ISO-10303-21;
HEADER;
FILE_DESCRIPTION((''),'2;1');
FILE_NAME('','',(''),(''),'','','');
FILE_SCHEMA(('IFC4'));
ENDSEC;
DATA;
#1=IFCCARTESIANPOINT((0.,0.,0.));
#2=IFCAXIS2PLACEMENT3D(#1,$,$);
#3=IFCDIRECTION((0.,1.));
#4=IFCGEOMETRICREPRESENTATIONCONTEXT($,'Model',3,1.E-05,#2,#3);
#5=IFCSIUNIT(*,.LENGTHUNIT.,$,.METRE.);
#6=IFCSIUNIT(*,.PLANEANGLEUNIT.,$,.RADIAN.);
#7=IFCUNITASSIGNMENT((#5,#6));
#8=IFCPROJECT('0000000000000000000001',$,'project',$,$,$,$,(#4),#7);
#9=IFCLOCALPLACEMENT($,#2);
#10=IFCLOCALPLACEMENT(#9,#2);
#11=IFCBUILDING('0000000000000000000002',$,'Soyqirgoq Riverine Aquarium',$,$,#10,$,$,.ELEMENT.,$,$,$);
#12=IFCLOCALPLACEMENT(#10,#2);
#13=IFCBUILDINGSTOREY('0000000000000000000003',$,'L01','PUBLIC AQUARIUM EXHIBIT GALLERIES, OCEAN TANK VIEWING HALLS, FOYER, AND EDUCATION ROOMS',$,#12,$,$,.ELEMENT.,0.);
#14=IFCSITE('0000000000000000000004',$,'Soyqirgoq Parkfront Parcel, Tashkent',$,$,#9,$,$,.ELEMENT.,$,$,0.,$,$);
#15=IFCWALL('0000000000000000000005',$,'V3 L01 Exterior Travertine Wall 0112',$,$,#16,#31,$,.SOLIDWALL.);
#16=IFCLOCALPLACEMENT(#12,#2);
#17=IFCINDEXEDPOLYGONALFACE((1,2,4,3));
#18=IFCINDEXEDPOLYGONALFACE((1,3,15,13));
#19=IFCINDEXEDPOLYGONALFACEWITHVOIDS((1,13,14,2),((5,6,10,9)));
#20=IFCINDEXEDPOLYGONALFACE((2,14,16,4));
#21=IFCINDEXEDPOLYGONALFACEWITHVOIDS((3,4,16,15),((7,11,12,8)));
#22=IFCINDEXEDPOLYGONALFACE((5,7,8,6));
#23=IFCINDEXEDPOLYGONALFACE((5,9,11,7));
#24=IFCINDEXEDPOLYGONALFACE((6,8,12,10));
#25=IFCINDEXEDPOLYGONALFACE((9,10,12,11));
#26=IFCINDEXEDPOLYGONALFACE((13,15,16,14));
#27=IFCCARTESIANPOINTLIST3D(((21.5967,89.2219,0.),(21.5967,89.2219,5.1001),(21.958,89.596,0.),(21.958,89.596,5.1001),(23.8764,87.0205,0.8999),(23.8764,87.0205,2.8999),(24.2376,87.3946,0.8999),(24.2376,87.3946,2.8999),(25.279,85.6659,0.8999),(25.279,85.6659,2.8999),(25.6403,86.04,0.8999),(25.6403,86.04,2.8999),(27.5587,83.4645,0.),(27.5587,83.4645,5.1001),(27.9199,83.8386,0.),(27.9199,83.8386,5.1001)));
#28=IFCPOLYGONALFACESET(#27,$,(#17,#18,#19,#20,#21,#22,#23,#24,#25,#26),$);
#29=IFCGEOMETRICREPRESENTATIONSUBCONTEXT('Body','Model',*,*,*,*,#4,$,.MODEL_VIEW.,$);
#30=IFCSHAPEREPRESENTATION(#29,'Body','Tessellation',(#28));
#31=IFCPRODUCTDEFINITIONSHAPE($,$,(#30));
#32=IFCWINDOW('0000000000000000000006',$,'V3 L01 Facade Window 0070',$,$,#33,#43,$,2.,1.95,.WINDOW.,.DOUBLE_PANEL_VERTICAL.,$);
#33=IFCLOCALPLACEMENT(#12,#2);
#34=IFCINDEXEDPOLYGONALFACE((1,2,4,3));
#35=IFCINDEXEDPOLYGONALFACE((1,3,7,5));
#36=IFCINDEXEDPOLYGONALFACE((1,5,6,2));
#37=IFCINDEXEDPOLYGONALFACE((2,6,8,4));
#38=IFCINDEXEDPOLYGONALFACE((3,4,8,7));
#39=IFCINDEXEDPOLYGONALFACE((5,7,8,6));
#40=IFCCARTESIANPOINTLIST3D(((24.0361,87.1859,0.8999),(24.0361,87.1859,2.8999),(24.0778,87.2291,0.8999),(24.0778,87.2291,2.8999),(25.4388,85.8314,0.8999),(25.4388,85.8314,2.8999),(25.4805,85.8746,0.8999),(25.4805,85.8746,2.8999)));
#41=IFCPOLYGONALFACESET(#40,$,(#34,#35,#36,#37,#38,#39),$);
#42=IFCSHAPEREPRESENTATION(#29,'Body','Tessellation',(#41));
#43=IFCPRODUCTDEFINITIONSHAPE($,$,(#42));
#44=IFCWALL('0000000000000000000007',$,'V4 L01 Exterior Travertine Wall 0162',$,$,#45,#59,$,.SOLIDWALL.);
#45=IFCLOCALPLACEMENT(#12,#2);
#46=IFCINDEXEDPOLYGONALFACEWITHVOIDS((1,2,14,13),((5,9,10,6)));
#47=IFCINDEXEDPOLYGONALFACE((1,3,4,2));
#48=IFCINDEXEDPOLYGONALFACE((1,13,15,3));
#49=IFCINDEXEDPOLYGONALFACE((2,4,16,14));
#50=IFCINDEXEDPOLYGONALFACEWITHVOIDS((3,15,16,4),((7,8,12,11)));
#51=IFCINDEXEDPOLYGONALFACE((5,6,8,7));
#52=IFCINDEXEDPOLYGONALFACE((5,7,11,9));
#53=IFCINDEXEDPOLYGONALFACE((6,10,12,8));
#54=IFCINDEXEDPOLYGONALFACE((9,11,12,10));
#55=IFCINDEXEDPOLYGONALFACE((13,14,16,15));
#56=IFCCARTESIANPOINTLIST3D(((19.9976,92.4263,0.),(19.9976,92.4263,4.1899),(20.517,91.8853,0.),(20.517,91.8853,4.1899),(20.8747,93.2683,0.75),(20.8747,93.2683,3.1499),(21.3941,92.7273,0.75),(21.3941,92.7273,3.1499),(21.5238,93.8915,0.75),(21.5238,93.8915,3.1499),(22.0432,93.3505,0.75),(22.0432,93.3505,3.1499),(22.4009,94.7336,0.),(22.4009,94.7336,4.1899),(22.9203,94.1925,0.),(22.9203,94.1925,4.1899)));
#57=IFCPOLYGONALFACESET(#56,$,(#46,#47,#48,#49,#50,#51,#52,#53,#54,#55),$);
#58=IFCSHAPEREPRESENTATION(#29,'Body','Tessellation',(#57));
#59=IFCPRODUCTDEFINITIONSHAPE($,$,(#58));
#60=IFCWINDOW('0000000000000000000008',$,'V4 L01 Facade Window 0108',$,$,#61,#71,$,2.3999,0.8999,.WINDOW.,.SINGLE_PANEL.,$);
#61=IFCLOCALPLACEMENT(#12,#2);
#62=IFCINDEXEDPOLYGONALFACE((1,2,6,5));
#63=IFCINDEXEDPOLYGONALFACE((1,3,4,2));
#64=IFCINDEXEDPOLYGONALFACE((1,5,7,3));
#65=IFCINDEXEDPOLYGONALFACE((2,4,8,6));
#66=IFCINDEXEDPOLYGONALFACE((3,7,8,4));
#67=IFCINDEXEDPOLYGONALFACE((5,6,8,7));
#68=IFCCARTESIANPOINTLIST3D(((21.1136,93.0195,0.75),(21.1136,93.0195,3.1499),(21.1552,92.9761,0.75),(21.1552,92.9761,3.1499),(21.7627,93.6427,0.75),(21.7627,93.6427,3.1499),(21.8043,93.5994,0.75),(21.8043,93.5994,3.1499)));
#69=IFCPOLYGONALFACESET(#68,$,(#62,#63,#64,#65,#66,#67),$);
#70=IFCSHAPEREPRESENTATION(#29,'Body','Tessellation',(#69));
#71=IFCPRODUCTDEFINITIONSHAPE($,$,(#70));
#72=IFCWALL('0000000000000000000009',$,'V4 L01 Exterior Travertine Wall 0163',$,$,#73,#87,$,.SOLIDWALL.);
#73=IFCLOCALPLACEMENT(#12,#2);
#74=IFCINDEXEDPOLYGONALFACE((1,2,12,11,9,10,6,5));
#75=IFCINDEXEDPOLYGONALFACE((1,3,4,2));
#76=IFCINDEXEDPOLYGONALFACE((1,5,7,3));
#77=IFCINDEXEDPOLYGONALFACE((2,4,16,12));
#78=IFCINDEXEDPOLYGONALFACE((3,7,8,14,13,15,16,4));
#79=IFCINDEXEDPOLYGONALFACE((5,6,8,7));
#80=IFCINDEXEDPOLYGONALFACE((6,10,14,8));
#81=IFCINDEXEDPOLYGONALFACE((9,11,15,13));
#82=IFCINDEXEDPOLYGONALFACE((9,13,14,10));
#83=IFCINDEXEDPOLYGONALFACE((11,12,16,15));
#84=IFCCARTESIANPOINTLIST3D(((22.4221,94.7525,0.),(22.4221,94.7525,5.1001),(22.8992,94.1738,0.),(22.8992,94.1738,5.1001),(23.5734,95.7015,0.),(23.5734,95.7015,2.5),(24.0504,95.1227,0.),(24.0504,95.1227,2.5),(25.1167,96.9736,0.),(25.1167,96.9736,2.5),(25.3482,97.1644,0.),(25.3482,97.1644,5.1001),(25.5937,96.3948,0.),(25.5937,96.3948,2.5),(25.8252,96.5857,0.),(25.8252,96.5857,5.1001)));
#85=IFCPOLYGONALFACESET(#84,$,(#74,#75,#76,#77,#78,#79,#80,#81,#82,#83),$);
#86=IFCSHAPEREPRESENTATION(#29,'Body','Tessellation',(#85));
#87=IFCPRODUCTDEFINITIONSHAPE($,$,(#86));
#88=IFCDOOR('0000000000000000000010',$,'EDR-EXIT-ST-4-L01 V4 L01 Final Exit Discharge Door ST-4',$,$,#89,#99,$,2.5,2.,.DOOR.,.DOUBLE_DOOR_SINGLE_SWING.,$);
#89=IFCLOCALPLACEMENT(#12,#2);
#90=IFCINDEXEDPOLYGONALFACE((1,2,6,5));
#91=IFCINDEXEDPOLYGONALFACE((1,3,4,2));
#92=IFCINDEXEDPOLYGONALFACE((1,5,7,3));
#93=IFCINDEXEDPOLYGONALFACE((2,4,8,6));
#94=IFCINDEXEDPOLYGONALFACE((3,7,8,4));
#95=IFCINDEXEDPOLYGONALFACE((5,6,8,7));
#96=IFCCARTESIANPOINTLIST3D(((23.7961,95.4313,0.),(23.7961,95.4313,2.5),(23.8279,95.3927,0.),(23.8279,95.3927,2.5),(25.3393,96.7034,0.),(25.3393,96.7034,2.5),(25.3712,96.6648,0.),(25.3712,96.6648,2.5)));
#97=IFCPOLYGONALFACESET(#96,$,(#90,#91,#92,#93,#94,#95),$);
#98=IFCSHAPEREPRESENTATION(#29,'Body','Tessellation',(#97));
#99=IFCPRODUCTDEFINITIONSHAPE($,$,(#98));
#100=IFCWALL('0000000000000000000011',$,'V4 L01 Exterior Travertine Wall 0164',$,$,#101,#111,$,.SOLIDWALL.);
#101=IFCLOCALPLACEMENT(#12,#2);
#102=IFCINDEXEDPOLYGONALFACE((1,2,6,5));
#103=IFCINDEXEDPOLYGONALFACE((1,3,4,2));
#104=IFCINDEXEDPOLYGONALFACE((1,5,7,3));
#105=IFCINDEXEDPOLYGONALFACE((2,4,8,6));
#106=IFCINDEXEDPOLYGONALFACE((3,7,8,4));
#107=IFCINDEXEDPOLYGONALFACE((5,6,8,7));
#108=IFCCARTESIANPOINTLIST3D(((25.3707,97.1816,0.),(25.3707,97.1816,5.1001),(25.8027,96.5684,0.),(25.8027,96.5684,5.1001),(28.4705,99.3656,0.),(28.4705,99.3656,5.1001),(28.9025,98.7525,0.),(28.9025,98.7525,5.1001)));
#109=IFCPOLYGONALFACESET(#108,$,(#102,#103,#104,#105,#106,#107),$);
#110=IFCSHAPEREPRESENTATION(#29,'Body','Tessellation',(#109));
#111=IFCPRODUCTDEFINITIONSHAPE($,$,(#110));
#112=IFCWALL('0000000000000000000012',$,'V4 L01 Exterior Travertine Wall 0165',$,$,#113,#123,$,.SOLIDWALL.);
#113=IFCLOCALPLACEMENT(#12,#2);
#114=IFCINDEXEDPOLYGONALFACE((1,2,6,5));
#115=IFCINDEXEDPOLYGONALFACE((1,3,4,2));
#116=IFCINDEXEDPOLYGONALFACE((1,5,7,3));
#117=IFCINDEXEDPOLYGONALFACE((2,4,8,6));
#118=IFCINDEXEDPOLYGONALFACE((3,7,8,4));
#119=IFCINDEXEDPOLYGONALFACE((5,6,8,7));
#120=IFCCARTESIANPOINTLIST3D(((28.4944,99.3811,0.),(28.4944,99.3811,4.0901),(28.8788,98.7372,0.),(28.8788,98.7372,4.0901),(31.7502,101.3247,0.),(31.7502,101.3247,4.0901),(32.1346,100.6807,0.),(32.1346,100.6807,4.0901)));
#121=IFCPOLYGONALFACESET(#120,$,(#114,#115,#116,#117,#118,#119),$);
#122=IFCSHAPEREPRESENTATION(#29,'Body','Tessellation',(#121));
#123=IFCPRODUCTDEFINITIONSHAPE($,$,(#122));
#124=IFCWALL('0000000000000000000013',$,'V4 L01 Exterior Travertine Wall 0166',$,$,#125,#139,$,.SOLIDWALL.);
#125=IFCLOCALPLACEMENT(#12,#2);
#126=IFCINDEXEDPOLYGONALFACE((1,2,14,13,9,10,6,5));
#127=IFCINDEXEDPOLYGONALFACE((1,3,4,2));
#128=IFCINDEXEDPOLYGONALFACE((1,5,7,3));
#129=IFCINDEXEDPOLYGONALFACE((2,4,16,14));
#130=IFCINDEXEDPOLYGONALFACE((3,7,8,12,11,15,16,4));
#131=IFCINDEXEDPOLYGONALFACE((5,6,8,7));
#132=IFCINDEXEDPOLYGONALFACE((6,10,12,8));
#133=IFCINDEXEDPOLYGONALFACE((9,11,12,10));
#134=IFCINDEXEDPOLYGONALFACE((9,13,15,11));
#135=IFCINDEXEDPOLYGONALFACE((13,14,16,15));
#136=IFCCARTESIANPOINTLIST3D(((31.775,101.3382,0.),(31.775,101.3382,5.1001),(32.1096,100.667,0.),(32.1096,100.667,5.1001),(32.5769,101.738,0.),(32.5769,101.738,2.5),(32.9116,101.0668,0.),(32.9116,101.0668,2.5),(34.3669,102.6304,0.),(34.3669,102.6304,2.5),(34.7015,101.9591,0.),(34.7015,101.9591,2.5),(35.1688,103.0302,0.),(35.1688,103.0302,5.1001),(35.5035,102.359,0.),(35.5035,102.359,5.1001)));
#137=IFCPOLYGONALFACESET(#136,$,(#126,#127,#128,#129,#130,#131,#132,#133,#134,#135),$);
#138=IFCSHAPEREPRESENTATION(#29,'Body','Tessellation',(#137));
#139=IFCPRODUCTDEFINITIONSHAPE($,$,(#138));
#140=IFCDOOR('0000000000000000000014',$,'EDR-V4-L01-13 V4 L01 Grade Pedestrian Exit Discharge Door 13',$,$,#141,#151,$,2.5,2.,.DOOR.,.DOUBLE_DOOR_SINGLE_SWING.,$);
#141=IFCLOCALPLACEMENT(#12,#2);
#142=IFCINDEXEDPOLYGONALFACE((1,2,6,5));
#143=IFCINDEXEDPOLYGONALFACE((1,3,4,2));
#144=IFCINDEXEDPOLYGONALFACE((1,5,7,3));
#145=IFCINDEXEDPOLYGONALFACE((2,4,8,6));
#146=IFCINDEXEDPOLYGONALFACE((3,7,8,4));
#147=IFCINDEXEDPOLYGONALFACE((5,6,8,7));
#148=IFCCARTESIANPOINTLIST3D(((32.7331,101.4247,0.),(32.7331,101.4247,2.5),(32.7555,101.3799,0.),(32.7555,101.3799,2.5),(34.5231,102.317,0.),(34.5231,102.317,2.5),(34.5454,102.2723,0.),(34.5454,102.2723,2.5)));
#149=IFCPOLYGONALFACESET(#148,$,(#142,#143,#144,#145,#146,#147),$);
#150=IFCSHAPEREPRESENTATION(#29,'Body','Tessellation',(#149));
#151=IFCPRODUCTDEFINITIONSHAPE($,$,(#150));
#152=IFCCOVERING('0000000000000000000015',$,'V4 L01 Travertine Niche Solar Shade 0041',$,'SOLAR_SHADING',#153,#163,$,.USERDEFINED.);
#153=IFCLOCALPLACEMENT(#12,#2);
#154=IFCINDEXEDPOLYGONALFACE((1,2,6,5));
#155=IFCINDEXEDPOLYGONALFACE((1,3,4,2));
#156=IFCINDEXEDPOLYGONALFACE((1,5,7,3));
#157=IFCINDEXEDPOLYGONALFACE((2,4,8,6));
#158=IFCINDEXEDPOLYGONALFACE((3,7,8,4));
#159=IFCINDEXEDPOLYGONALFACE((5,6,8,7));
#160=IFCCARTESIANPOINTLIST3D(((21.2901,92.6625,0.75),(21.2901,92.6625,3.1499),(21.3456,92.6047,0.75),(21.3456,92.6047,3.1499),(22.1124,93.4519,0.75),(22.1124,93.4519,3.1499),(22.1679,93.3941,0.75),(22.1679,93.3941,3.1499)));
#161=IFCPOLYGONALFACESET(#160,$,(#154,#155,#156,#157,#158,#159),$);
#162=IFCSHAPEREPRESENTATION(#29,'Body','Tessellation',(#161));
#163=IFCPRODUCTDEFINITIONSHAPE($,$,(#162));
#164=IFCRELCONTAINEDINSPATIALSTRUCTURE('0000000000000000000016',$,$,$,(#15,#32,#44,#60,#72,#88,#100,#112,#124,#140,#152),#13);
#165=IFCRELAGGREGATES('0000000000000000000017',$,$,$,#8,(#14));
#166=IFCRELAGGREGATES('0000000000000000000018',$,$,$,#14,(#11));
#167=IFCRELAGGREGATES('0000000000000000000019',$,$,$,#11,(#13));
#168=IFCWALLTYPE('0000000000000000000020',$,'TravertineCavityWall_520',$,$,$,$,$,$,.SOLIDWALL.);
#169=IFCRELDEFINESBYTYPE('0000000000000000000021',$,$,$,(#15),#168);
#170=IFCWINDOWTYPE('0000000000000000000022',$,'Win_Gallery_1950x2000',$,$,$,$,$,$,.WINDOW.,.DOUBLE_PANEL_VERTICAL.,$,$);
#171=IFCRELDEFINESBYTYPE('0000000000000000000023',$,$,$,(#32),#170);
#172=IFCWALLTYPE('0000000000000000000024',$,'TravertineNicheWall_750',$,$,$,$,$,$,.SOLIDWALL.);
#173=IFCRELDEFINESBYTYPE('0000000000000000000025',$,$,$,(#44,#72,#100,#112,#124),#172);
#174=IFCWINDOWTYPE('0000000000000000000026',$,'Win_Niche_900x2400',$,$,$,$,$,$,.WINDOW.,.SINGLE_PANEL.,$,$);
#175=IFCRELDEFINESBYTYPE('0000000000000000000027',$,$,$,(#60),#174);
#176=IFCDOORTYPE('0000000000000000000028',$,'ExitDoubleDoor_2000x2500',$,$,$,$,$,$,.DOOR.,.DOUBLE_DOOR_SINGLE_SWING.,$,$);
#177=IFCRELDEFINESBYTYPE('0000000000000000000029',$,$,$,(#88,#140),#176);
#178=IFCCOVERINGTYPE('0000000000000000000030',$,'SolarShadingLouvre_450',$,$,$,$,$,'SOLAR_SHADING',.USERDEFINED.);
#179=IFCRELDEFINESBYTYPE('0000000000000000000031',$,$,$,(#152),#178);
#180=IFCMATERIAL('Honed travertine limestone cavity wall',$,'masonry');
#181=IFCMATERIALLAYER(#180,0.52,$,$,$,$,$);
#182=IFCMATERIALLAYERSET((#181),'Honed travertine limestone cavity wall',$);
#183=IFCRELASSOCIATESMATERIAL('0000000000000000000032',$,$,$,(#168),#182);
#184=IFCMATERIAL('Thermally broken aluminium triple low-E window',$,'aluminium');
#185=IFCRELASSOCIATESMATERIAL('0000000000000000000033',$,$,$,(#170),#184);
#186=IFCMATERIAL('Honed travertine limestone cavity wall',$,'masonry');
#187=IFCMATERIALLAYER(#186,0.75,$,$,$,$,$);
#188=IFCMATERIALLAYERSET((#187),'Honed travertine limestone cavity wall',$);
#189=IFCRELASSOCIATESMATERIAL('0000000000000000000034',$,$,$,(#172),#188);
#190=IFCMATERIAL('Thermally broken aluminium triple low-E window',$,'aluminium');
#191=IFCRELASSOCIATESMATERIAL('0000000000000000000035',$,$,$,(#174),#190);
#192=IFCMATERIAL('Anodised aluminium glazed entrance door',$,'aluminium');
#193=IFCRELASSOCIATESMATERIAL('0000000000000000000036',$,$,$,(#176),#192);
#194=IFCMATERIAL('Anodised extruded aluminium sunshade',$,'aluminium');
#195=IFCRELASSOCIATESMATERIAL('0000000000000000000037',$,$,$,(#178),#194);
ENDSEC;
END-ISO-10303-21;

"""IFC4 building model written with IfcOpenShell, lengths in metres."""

from ifc_helpers import new_model, si_unit, direction, frame, frame_2d, origin, origin_2d, place, context, subcontext, project, spatial, rectangle, extrude, material, layer, layer_set, type_object, element, fill, save


model = new_model("IFC4")

# Units and contexts
model_context = context("Model", 3, precision=1e-05, world=origin(), true_north=direction((0.0, 1.0)))
body_context = subcontext(model_context, "Body", "Model", "MODEL_VIEW")
ifc_project = project(units=[si_unit("LENGTHUNIT", "METRE"), si_unit("PLANEANGLEUNIT", "RADIAN")], contexts=[model_context])

# Site, building, storey
site_placement = place(None, origin())
site = spatial("IfcSite", under=ifc_project, at=site_placement, Name="Soyqirgoq Parkfront Parcel, Tashkent", CompositionType="ELEMENT", RefElevation=0.0)
building_placement = place(site_placement, origin())
building = spatial("IfcBuilding", under=site, at=building_placement, Name="Soyqirgoq Riverine Aquarium", CompositionType="ELEMENT")
storey_placement = place(building_placement, origin())
storey = spatial("IfcBuildingStorey", under=building, at=storey_placement, Name="L01", Description="PUBLIC AQUARIUM EXHIBIT GALLERIES, OCEAN TANK VIEWING HALLS, FOYER, AND EDUCATION ROOMS", CompositionType="ELEMENT", Elevation=0.0)

# Walls, openings, windows
ifc_material_1 = material(Name="Honed travertine limestone cavity wall", Category="masonry")
ifc_layer_1 = layer(ifc_material_1, 0.52)
ifc_layer_set_1 = layer_set([ifc_layer_1], Name="Honed travertine limestone cavity wall")
wall_type_1 = type_object("IfcWallType", Name="TravertineCavityWall_520", PredefinedType="SOLIDWALL", material=ifc_layer_set_1)
wall_1_placement = place(storey_placement, frame((21.7773, 89.4089, 0.0), z_axis=(0.0, 0.0, 1.0), x_axis=(0.719342, -0.694657, 0.0)))
wall_1 = element("IfcWall", 1, at=wall_1_placement, inside=storey, type_object=wall_type_1, Name="V3 L01 Exterior Travertine Wall 0112", PredefinedType="SOLIDWALL", context=body_context, shape_type="SweptSolid", body=[
    extrude(rectangle(XDim=8.2881, YDim=0.52, at=frame_2d((4.144, 0.0))), origin(), (0.0, 0.0, 1.0), 5.1001),
])
opening_1_placement = place(wall_1_placement, frame((3.1689, 0.0, 0.8999)))
opening_1 = element("IfcOpeningElement", 2, at=opening_1_placement, cuts=wall_1, PredefinedType="OPENING", context=body_context, shape_type="SweptSolid", body=[
    extrude(rectangle(XDim=1.95, YDim=2.0, at=frame_2d((0.9751, 1.0))), frame((0.0, 0.27, 0.0), z_axis=(0.0, -1.0, 0.0), x_axis=(1.0, 0.0, 0.0)), (0.0, 0.0, 1.0), 0.54),
])
ifc_material_2 = material(Name="Thermally broken aluminium triple low-E window", Category="aluminium")
window_type_1 = type_object("IfcWindowType", Name="Win_Gallery_1950x2000", PartitioningType="DOUBLE_PANEL_VERTICAL", PredefinedType="WINDOW", material=ifc_material_2)
window_1_placement = place(opening_1_placement, origin())
window_1 = element("IfcWindow", 3, at=window_1_placement, inside=storey, type_object=window_type_1, Name="V3 L01 Facade Window 0070", OverallHeight=2.0, OverallWidth=1.95, PartitioningType="DOUBLE_PANEL_VERTICAL", PredefinedType="WINDOW", context=body_context, shape_type="SweptSolid", body=[
    extrude(rectangle(XDim=1.95, YDim=2.0, at=frame_2d((0.9751, 1.0))), frame((0.0, 0.03, 0.0), z_axis=(0.0, -1.0, 0.0), x_axis=(1.0, 0.0, 0.0)), (0.0, 0.0, 1.0), 0.0601),
])
fill(opening_1, window_1)
ifc_material_3 = material(Name="Honed travertine limestone cavity wall", Category="masonry")
ifc_layer_2 = layer(ifc_material_3, 0.75)
ifc_layer_set_2 = layer_set([ifc_layer_2], Name="Honed travertine limestone cavity wall")
wall_type_2 = type_object("IfcWallType", Name="TravertineNicheWall_750", PredefinedType="SOLIDWALL", material=ifc_layer_set_2)
wall_2_placement = place(storey_placement, frame((20.2573, 92.1558, 0.0), z_axis=(0.0, 0.0, 1.0), x_axis=(0.721359, 0.692561, 0.0)))
wall_2 = element("IfcWall", 4, at=wall_2_placement, inside=storey, type_object=wall_type_2, Name="V4 L01 Exterior Travertine Wall 0162", PredefinedType="SOLIDWALL", context=body_context, shape_type="SweptSolid", body=[
    extrude(rectangle(XDim=3.3315, YDim=0.75, at=frame_2d((1.6658, 0.0))), origin(), (0.0, 0.0, 1.0), 4.1899),
])
opening_2_placement = place(wall_2_placement, frame((1.2158, 0.0, 0.75)))
opening_2 = element("IfcOpeningElement", 5, at=opening_2_placement, cuts=wall_2, PredefinedType="OPENING", context=body_context, shape_type="SweptSolid", body=[
    extrude(rectangle(XDim=0.8999, YDim=2.3999, at=frame_2d((0.45, 1.2))), frame((0.0, 0.385, 0.0), z_axis=(0.0, -1.0, 0.0), x_axis=(1.0, 0.0, 0.0)), (0.0, 0.0, 1.0), 0.77),
])
ifc_material_4 = material(Name="Thermally broken aluminium triple low-E window", Category="aluminium")
window_type_2 = type_object("IfcWindowType", Name="Win_Niche_900x2400", PartitioningType="SINGLE_PANEL", PredefinedType="WINDOW", material=ifc_material_4)
window_2_placement = place(opening_2_placement, origin())
window_2 = element("IfcWindow", 6, at=window_2_placement, inside=storey, type_object=window_type_2, Name="V4 L01 Facade Window 0108", OverallHeight=2.3999, OverallWidth=0.8999, PartitioningType="SINGLE_PANEL", PredefinedType="WINDOW", context=body_context, shape_type="SweptSolid", body=[
    extrude(rectangle(XDim=0.8999, YDim=2.3999, at=frame_2d((0.45, 1.2))), frame((0.0, 0.03, 0.0), z_axis=(0.0, -1.0, 0.0), x_axis=(1.0, 0.0, 0.0)), (0.0, 0.0, 1.0), 0.0601),
])
fill(opening_2, window_2)

# Wall, opening, door
wall_3_placement = place(storey_placement, frame((22.6606, 94.4631, 0.0), z_axis=(0.0, 0.0, 1.0), x_axis=(0.771646, 0.636052, 0.0)))
wall_3 = element("IfcWall", 7, at=wall_3_placement, inside=storey, type_object=wall_type_2, Name="V4 L01 Exterior Travertine Wall 0163", PredefinedType="SOLIDWALL", context=body_context, shape_type="SweptSolid", body=[
    extrude(rectangle(XDim=3.792, YDim=0.75, at=frame_2d((1.896, 0.0))), origin(), (0.0, 0.0, 1.0), 5.1001),
])
opening_3_placement = place(wall_3_placement, frame((1.4919, 0.0, 0.0)))
opening_3 = element("IfcOpeningElement", 8, at=opening_3_placement, cuts=wall_3, PredefinedType="OPENING", context=body_context, shape_type="SweptSolid", body=[
    extrude(rectangle(XDim=2.0, YDim=2.5, at=frame_2d((1.0, 1.25))), frame((0.0, 0.385, 0.0), z_axis=(0.0, -1.0, 0.0), x_axis=(1.0, 0.0, 0.0)), (0.0, 0.0, 1.0), 0.77),
])
ifc_material_5 = material(Name="Anodised aluminium glazed entrance door", Category="aluminium")
door_type_1 = type_object("IfcDoorType", Name="ExitDoubleDoor_2000x2500", OperationType="DOUBLE_DOOR_SINGLE_SWING", PredefinedType="DOOR", material=ifc_material_5)
door_1_placement = place(opening_3_placement, origin())
door_1 = element("IfcDoor", 9, at=door_1_placement, inside=storey, type_object=door_type_1, Name="EDR-EXIT-ST-4-L01 V4 L01 Final Exit Discharge Door ST-4", OperationType="DOUBLE_DOOR_SINGLE_SWING", OverallHeight=2.5, OverallWidth=2.0, PredefinedType="DOOR", context=body_context, shape_type="SweptSolid", body=[
    extrude(rectangle(XDim=2.0, YDim=2.5, at=frame_2d((1.0, 1.25))), frame((0.0, 0.0249, 0.0), z_axis=(0.0, -1.0, 0.0), x_axis=(1.0, 0.0, 0.0)), (0.0, 0.0, 1.0), 0.05),
])
fill(opening_3, door_1)

# Walls
wall_4_placement = place(storey_placement, frame((25.5867, 96.875, 0.0), z_axis=(0.0, 0.0, 1.0), x_axis=(0.817471, 0.57597, 0.0)))
element("IfcWall", 10, at=wall_4_placement, inside=storey, type_object=wall_type_2, Name="V4 L01 Exterior Travertine Wall 0164", PredefinedType="SOLIDWALL", context=body_context, shape_type="SweptSolid", body=[
    extrude(rectangle(XDim=3.792, YDim=0.75, at=frame_2d((1.896, 0.0))), origin(), (0.0, 0.0, 1.0), 5.1001),
])
wall_5_placement = place(storey_placement, frame((28.6865, 99.0591, 0.0), z_axis=(0.0, 0.0, 1.0), x_axis=(0.858644, 0.512572, 0.0)))
element("IfcWall", 11, at=wall_5_placement, inside=storey, type_object=wall_type_2, Name="V4 L01 Exterior Travertine Wall 0165", PredefinedType="SOLIDWALL", context=body_context, shape_type="SweptSolid", body=[
    extrude(rectangle(XDim=3.7917, YDim=0.75, at=frame_2d((1.896, 0.0))), origin(), (0.0, 0.0, 1.0), 4.0901),
])

# Wall, opening, door
wall_6_placement = place(storey_placement, frame((31.9424, 101.0027, 0.0), z_axis=(0.0, 0.0, 1.0), x_axis=(0.894954, 0.446157, 0.0)))
wall_6 = element("IfcWall", 12, at=wall_6_placement, inside=storey, type_object=wall_type_2, Name="V4 L01 Exterior Travertine Wall 0166", PredefinedType="SOLIDWALL", context=body_context, shape_type="SweptSolid", body=[
    extrude(rectangle(XDim=3.7922, YDim=0.75, at=frame_2d((1.896, 0.0))), origin(), (0.0, 0.0, 1.0), 5.1001),
])
opening_4_placement = place(wall_6_placement, frame((0.896, 0.0, 0.0)))
opening_4 = element("IfcOpeningElement", 13, at=opening_4_placement, cuts=wall_6, PredefinedType="OPENING", context=body_context, shape_type="SweptSolid", body=[
    extrude(rectangle(XDim=2.0, YDim=2.5, at=frame_2d((1.0, 1.25))), frame((0.0, 0.385, 0.0), z_axis=(0.0, -1.0, 0.0), x_axis=(1.0, 0.0, 0.0)), (0.0, 0.0, 1.0), 0.77),
])
door_2_placement = place(opening_4_placement, origin())
door_2 = element("IfcDoor", 14, at=door_2_placement, inside=storey, type_object=door_type_1, Name="EDR-V4-L01-13 V4 L01 Grade Pedestrian Exit Discharge Door 13", OperationType="DOUBLE_DOOR_SINGLE_SWING", OverallHeight=2.5, OverallWidth=2.0, PredefinedType="DOOR", context=body_context, shape_type="SweptSolid", body=[
    extrude(rectangle(XDim=2.0, YDim=2.5, at=frame_2d((1.0, 1.25))), frame((0.0, 0.0249, 0.0), z_axis=(0.0, -1.0, 0.0), x_axis=(1.0, 0.0, 0.0)), (0.0, 0.0, 1.0), 0.05),
])
fill(opening_4, door_2)

# Covering
ifc_material_6 = material(Name="Anodised extruded aluminium sunshade", Category="aluminium")
covering_type_1 = type_object("IfcCoveringType", Name="SolarShadingLouvre_450", ElementType="SOLAR_SHADING", PredefinedType="USERDEFINED", material=ifc_material_6)
covering_placement = place(storey_placement, frame((21.729, 93.0283, 0.75), z_axis=(0.0, 0.0, 1.0), x_axis=(0.721398, 0.692521, 0.0)))
element("IfcCovering", 15, at=covering_placement, inside=storey, type_object=covering_type_1, Name="V4 L01 Travertine Niche Solar Shade 0041", ObjectType="SOLAR_SHADING", PredefinedType="USERDEFINED", context=body_context, shape_type="SweptSolid", body=[
    extrude(rectangle(XDim=1.1399, YDim=0.0801, at=origin_2d()), origin(), (0.0, 0.0, 1.0), 2.3999),
])

save(model, "model.ifc")
